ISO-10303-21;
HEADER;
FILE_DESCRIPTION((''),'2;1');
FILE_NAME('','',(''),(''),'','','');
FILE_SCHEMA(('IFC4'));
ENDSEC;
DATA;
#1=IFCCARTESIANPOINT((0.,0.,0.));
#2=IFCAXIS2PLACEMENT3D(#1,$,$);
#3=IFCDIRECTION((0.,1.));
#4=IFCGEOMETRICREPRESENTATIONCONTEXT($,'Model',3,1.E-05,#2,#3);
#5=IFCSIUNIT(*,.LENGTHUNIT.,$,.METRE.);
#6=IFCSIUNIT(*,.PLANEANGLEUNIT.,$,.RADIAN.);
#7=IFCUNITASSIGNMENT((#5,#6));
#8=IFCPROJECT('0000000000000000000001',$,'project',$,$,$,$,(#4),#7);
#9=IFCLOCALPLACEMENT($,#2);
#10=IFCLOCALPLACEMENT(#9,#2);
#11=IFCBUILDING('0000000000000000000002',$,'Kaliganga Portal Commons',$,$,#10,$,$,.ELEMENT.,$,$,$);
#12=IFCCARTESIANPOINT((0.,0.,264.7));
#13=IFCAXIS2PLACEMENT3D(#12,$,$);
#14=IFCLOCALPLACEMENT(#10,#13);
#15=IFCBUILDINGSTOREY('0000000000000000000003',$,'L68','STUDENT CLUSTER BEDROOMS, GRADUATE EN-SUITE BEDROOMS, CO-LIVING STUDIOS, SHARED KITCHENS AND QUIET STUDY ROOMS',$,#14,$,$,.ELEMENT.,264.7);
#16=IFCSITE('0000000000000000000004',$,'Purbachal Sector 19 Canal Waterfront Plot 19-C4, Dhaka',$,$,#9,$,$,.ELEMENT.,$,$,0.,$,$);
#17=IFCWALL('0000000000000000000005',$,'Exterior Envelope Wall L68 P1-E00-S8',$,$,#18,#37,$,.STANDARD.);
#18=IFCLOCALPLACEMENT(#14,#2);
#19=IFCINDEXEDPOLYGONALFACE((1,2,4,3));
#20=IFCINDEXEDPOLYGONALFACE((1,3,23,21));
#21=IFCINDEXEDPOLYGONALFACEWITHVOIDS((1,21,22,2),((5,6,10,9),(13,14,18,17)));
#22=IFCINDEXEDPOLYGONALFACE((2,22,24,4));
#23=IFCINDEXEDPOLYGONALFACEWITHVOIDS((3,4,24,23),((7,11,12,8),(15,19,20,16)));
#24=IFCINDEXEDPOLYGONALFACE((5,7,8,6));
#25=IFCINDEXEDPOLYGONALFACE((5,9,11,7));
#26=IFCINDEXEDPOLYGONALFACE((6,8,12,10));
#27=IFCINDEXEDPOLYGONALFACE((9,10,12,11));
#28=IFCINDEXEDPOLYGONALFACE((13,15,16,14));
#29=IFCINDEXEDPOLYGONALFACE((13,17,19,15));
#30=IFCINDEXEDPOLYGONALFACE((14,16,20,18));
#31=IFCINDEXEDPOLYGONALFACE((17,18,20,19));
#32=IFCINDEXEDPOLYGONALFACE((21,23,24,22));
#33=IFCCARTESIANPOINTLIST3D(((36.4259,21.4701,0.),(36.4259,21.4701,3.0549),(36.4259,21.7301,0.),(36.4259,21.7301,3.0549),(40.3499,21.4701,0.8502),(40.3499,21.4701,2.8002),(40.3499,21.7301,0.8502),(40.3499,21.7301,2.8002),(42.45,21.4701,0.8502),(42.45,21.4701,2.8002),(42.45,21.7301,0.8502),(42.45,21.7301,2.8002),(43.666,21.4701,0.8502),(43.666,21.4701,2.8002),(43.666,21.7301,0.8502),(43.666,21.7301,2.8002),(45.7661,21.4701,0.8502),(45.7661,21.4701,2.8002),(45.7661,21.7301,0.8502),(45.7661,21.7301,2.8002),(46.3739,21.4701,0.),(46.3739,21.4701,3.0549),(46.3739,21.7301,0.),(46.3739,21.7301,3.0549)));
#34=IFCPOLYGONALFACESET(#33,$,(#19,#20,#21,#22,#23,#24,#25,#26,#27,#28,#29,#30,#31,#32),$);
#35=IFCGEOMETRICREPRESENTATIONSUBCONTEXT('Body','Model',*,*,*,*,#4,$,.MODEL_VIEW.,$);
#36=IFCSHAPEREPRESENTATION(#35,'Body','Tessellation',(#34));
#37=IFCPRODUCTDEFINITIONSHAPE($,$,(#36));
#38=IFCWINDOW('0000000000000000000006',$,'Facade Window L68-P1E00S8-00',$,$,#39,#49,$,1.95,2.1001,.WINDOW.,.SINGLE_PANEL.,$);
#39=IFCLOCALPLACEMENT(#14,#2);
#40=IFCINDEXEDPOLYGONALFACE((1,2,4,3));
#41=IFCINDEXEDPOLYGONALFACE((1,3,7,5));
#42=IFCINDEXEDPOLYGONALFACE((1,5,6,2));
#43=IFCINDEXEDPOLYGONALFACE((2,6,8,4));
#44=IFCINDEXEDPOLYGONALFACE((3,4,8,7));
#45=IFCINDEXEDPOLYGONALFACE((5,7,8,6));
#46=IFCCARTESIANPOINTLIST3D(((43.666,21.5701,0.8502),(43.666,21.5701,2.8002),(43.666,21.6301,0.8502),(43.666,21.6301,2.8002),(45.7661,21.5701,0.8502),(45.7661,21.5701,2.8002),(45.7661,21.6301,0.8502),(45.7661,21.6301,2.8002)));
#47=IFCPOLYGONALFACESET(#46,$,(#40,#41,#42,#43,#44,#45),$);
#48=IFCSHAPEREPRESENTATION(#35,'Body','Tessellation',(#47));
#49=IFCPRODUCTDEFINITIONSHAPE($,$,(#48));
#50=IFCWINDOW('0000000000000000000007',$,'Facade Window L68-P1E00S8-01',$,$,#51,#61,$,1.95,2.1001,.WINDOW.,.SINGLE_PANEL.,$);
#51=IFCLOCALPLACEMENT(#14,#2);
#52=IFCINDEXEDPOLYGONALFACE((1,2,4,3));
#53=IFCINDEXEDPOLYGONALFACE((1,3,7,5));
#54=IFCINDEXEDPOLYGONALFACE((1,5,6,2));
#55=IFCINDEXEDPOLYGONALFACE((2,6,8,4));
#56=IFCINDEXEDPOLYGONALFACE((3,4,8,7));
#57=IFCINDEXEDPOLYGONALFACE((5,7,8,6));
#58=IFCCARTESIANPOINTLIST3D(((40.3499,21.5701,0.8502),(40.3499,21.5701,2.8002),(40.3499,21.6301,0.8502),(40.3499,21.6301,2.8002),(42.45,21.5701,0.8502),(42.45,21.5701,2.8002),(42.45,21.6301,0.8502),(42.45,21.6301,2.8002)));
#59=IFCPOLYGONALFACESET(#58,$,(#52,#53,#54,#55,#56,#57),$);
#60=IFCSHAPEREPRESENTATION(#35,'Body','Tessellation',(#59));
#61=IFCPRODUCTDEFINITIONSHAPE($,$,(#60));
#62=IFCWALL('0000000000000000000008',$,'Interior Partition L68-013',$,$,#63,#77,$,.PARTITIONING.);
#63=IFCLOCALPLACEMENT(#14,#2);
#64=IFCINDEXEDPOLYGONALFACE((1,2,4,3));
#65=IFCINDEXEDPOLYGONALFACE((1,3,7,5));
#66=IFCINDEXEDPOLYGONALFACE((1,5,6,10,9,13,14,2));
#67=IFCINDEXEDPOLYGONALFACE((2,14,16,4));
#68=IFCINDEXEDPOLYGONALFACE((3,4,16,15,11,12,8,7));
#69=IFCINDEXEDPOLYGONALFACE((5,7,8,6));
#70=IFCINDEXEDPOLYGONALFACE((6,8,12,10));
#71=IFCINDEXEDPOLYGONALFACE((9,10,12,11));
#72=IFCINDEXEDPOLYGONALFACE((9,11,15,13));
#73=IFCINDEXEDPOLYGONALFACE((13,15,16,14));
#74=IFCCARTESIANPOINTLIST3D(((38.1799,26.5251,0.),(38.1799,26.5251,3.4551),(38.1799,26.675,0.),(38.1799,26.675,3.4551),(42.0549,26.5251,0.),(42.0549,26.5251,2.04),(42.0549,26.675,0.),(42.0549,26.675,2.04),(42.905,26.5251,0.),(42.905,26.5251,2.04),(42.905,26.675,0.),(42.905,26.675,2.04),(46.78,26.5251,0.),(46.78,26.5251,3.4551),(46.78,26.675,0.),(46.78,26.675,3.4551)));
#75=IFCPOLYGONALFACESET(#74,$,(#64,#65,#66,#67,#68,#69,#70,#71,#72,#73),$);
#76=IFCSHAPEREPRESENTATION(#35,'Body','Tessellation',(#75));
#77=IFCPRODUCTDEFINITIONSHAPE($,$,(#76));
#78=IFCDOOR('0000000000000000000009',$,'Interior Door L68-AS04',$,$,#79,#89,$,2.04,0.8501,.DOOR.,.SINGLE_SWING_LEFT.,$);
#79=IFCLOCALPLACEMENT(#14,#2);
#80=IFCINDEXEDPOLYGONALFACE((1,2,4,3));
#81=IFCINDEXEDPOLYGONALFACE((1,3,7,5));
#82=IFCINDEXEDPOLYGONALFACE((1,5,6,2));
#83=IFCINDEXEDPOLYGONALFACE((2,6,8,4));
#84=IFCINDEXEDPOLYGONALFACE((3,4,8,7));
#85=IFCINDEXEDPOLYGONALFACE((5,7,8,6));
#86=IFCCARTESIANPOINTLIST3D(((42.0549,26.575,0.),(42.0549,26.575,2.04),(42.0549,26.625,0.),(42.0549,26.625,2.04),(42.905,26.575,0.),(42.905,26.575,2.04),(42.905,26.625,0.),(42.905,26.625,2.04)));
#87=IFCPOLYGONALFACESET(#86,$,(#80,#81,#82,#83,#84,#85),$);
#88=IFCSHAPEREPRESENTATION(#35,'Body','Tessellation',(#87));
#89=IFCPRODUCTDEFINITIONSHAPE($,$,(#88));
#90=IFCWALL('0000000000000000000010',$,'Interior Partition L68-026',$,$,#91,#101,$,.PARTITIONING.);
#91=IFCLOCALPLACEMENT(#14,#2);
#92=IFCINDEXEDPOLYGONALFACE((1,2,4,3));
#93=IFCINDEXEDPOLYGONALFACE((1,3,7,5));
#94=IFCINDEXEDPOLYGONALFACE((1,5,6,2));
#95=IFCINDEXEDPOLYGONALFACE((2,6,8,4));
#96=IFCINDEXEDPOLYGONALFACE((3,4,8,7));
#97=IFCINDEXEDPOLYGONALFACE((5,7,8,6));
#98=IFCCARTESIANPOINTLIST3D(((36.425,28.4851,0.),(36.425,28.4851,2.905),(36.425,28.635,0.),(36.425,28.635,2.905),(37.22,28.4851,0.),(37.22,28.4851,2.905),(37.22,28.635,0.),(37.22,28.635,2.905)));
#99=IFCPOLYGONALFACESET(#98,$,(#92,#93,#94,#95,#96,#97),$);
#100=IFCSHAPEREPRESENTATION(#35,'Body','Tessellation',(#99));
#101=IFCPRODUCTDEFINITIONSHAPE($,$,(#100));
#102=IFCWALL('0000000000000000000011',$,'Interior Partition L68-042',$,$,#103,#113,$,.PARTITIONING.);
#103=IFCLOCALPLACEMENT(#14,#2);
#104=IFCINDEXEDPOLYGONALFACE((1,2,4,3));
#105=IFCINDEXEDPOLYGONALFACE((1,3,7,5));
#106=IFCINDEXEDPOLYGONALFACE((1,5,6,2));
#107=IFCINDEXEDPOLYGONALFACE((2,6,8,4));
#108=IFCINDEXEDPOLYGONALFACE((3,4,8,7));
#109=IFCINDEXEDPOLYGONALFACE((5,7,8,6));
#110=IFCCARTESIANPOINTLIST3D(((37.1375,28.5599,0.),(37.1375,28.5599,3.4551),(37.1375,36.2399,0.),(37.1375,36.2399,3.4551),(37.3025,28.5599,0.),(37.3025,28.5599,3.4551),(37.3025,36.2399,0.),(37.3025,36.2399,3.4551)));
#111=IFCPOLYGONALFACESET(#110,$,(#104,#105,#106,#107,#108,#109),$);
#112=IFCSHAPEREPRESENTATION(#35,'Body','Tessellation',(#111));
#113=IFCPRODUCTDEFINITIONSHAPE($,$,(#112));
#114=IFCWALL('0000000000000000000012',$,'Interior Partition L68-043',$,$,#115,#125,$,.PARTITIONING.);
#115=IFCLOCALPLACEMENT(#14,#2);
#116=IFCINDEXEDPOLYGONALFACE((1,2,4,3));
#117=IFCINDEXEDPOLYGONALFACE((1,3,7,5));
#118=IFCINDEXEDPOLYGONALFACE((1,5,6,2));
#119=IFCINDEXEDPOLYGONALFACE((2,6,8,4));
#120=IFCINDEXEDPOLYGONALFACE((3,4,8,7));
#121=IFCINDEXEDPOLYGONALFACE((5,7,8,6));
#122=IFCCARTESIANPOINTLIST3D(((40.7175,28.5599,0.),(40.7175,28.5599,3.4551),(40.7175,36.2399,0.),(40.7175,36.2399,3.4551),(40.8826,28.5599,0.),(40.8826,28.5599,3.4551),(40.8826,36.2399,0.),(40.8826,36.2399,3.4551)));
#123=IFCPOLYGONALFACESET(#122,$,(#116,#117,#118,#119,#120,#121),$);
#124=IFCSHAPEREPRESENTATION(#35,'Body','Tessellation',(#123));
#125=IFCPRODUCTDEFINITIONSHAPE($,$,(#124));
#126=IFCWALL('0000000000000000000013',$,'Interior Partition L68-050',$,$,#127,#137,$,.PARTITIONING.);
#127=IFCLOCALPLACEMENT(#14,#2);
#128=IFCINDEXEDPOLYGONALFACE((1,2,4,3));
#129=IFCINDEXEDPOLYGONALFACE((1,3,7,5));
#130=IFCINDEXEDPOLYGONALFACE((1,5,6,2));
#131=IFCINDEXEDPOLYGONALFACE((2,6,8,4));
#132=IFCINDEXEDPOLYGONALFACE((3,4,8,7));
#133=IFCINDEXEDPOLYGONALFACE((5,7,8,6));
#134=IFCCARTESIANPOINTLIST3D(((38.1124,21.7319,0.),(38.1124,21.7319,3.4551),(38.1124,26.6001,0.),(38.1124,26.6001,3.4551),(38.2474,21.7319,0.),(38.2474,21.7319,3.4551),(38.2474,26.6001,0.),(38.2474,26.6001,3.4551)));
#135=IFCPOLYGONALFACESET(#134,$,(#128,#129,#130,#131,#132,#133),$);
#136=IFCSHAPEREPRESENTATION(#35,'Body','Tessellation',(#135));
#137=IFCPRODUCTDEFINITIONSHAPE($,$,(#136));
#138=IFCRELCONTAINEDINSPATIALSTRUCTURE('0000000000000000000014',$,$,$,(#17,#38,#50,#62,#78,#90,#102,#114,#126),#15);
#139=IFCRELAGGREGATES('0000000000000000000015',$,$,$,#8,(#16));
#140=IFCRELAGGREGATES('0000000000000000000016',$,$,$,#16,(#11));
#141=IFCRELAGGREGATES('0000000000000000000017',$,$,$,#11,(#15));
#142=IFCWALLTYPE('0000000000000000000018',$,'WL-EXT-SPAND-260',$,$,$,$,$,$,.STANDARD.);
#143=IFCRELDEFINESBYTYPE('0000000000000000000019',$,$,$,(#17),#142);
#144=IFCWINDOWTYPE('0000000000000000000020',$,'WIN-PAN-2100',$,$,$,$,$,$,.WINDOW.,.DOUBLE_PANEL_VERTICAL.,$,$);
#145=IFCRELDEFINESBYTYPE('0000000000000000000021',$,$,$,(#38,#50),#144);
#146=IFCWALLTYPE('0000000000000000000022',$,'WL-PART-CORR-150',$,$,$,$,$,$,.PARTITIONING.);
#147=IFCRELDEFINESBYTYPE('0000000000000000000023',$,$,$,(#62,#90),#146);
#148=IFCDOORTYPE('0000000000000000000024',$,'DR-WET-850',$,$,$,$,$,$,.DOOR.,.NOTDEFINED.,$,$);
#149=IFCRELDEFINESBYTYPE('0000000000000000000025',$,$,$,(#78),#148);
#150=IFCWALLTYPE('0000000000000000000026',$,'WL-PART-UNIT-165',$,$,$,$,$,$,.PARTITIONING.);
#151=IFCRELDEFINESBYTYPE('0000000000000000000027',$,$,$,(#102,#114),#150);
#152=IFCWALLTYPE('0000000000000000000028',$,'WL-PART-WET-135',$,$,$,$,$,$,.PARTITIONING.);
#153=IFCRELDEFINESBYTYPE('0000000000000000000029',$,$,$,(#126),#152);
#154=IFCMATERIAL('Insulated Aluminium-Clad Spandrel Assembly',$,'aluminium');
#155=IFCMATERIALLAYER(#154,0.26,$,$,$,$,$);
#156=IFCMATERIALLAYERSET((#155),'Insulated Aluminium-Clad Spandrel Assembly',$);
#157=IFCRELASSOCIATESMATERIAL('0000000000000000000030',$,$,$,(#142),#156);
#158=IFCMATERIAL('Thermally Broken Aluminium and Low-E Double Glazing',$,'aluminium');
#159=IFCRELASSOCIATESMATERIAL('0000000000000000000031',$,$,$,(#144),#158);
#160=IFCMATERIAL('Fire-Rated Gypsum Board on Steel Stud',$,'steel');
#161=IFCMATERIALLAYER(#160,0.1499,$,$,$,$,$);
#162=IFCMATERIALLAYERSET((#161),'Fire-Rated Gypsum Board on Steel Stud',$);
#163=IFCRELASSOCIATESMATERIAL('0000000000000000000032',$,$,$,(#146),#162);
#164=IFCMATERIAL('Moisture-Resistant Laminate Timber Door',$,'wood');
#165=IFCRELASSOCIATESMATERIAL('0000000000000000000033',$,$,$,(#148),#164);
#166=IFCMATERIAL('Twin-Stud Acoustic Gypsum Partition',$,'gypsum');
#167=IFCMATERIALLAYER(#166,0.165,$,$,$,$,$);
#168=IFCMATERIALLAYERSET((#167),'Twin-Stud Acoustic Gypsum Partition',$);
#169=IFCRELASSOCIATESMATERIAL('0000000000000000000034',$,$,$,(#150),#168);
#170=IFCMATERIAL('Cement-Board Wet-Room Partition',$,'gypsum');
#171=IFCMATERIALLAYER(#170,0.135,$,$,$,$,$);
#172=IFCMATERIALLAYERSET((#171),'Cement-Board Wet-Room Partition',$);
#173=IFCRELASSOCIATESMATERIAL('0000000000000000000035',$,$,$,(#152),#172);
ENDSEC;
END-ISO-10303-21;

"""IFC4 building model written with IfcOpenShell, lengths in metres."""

from ifc_helpers import new_model, si_unit, direction, frame, frame_2d, origin, place, context, subcontext, project, spatial, rectangle, extrude, material, layer, layer_set, type_object, element, fill, save


model = new_model("IFC4")

# Units and contexts
model_context = context("Model", 3, precision=1e-05, world=origin(), true_north=direction((0.0, 1.0)))
body_context = subcontext(model_context, "Body", "Model", "MODEL_VIEW")
ifc_project = project(units=[si_unit("LENGTHUNIT", "METRE"), si_unit("PLANEANGLEUNIT", "RADIAN")], contexts=[model_context])

# Site, building, storey
site_placement = place(None, origin())
site = spatial("IfcSite", under=ifc_project, at=site_placement, Name="Purbachal Sector 19 Canal Waterfront Plot 19-C4, Dhaka", CompositionType="ELEMENT", RefElevation=0.0)
building_placement = place(site_placement, origin())
building = spatial("IfcBuilding", under=site, at=building_placement, Name="Kaliganga Portal Commons", CompositionType="ELEMENT")
storey_placement = place(building_placement, frame((0.0, 0.0, 264.7)))
storey = spatial("IfcBuildingStorey", under=building, at=storey_placement, Name="L68", Description="STUDENT CLUSTER BEDROOMS, GRADUATE EN-SUITE BEDROOMS, CO-LIVING STUDIOS, SHARED KITCHENS AND QUIET STUDY ROOMS", CompositionType="ELEMENT", Elevation=264.7)

# Wall, openings, windows
ifc_material_1 = material(Name="Insulated Aluminium-Clad Spandrel Assembly", Category="aluminium")
ifc_layer_1 = layer(ifc_material_1, 0.26)
ifc_layer_set_1 = layer_set([ifc_layer_1], Name="Insulated Aluminium-Clad Spandrel Assembly")
wall_type_1 = type_object("IfcWallType", Name="WL-EXT-SPAND-260", PredefinedType="STANDARD", material=ifc_layer_set_1)
wall_1_placement = place(storey_placement, frame((46.374, 21.6001, 0.0), z_axis=(0.0, 0.0, 1.0), x_axis=(-1.0, 0.0, 0.0)))
wall_1 = element("IfcWall", 1, at=wall_1_placement, inside=storey, type_object=wall_type_1, Name="Exterior Envelope Wall L68 P1-E00-S8", PredefinedType="STANDARD", context=body_context, shape_type="SweptSolid", body=[
    extrude(rectangle(XDim=9.948, YDim=0.26, at=frame_2d((4.9741, 0.0))), origin(), (0.0, 0.0, 1.0), 3.0549),
])
opening_1_placement = place(wall_1_placement, frame((0.6079, 0.0, 0.8501)))
opening_1 = element("IfcOpeningElement", 2, at=opening_1_placement, cuts=wall_1, PredefinedType="OPENING", context=body_context, shape_type="SweptSolid", body=[
    extrude(rectangle(XDim=2.1001, YDim=1.95, at=frame_2d((1.05, 0.9751))), frame((0.0, 0.1401, 0.0), z_axis=(0.0, -1.0, 0.0), x_axis=(1.0, 0.0, 0.0)), (0.0, 0.0, 1.0), 0.28),
])
opening_2_placement = place(wall_1_placement, frame((3.9241, 0.0, 0.8501)))
opening_2 = element("IfcOpeningElement", 3, at=opening_2_placement, cuts=wall_1, PredefinedType="OPENING", context=body_context, shape_type="SweptSolid", body=[
    extrude(rectangle(XDim=2.1001, YDim=1.95, at=frame_2d((1.05, 0.9751))), frame((0.0, 0.1401, 0.0), z_axis=(0.0, -1.0, 0.0), x_axis=(1.0, 0.0, 0.0)), (0.0, 0.0, 1.0), 0.28),
])
ifc_material_2 = material(Name="Thermally Broken Aluminium and Low-E Double Glazing", Category="aluminium")
window_type = type_object("IfcWindowType", Name="WIN-PAN-2100", PartitioningType="DOUBLE_PANEL_VERTICAL", PredefinedType="WINDOW", material=ifc_material_2)
window_1_placement = place(opening_1_placement, origin())
window_1 = element("IfcWindow", 4, at=window_1_placement, inside=storey, type_object=window_type, Name="Facade Window L68-P1E00S8-00", OverallHeight=1.95, OverallWidth=2.1001, PartitioningType="SINGLE_PANEL", PredefinedType="WINDOW", context=body_context, shape_type="SweptSolid", body=[
    extrude(rectangle(XDim=2.1001, YDim=1.95, at=frame_2d((1.05, 0.9751))), frame((0.0, 0.03, 0.0), z_axis=(0.0, -1.0, 0.0), x_axis=(1.0, 0.0, 0.0)), (0.0, 0.0, 1.0), 0.0601),
])
fill(opening_1, window_1)
window_2_placement = place(opening_2_placement, origin())
window_2 = element("IfcWindow", 5, at=window_2_placement, inside=storey, type_object=window_type, Name="Facade Window L68-P1E00S8-01", OverallHeight=1.95, OverallWidth=2.1001, PartitioningType="SINGLE_PANEL", PredefinedType="WINDOW", context=body_context, shape_type="SweptSolid", body=[
    extrude(rectangle(XDim=2.1001, YDim=1.95, at=frame_2d((1.05, 0.9751))), frame((0.0, 0.03, 0.0), z_axis=(0.0, -1.0, 0.0), x_axis=(1.0, 0.0, 0.0)), (0.0, 0.0, 1.0), 0.0601),
])
fill(opening_2, window_2)

# Wall, opening, door
ifc_material_3 = material(Name="Fire-Rated Gypsum Board on Steel Stud", Category="steel")
ifc_layer_2 = layer(ifc_material_3, 0.1499)
ifc_layer_set_2 = layer_set([ifc_layer_2], Name="Fire-Rated Gypsum Board on Steel Stud")
wall_type_2 = type_object("IfcWallType", Name="WL-PART-CORR-150", PredefinedType="PARTITIONING", material=ifc_layer_set_2)
wall_2_placement = place(storey_placement, frame((38.1799, 26.6001, 0.0), z_axis=(0.0, 0.0, 1.0), x_axis=(1.0, 0.0, 0.0)))
wall_2 = element("IfcWall", 6, at=wall_2_placement, inside=storey, type_object=wall_type_2, Name="Interior Partition L68-013", PredefinedType="PARTITIONING", context=body_context, shape_type="SweptSolid", body=[
    extrude(rectangle(XDim=8.6001, YDim=0.1499, at=frame_2d((4.3, 0.0))), origin(), (0.0, 0.0, 1.0), 3.4551),
])
opening_3_placement = place(wall_2_placement, frame((3.875, 0.0, 0.0)))
opening_3 = element("IfcOpeningElement", 7, at=opening_3_placement, cuts=wall_2, PredefinedType="OPENING", context=body_context, shape_type="SweptSolid", body=[
    extrude(rectangle(XDim=0.8501, YDim=2.04, at=frame_2d((0.425, 1.02))), frame((0.0, 0.085, 0.0), z_axis=(0.0, -1.0, 0.0), x_axis=(1.0, 0.0, 0.0)), (0.0, 0.0, 1.0), 0.1699),
])
ifc_material_4 = material(Name="Moisture-Resistant Laminate Timber Door", Category="wood")
door_type_1 = type_object("IfcDoorType", Name="DR-WET-850", OperationType="NOTDEFINED", PredefinedType="DOOR", material=ifc_material_4)
door_1_placement = place(opening_3_placement, origin())
door_1 = element("IfcDoor", 8, at=door_1_placement, inside=storey, type_object=door_type_1, Name="Interior Door L68-AS04", OperationType="SINGLE_SWING_LEFT", OverallHeight=2.04, OverallWidth=0.8501, PredefinedType="DOOR", context=body_context, shape_type="SweptSolid", body=[
    extrude(rectangle(XDim=0.8501, YDim=2.04, at=frame_2d((0.425, 1.02))), frame((0.0, 0.0249, 0.0), z_axis=(0.0, -1.0, 0.0), x_axis=(1.0, 0.0, 0.0)), (0.0, 0.0, 1.0), 0.05),
])
fill(opening_3, door_1)

# Wall
wall_3_placement = place(storey_placement, frame((36.425, 28.5601, 0.0), z_axis=(0.0, 0.0, 1.0), x_axis=(1.0, 0.0, 0.0)))
element("IfcWall", 9, at=wall_3_placement, inside=storey, type_object=wall_type_2, Name="Interior Partition L68-026", PredefinedType="PARTITIONING", context=body_context, shape_type="SweptSolid", body=[
    extrude(rectangle(XDim=0.7949, YDim=0.1499, at=frame_2d((0.3975, 0.0))), origin(), (0.0, 0.0, 1.0), 2.905),
])

# Walls
ifc_material_5 = material(Name="Twin-Stud Acoustic Gypsum Partition", Category="gypsum")
ifc_layer_3 = layer(ifc_material_5, 0.165)
ifc_layer_set_3 = layer_set([ifc_layer_3], Name="Twin-Stud Acoustic Gypsum Partition")
wall_type_3 = type_object("IfcWallType", Name="WL-PART-UNIT-165", PredefinedType="PARTITIONING", material=ifc_layer_set_3)
for number, where, z_axis, x_axis, name in (
    (10, (37.22, 28.5601, 0.0), (0.0, 0.0, 1.0), (0.0, 1.0, 0.0), "Interior Partition L68-042"),
    (11, (40.8, 28.5601, 0.0), (0.0, 0.0, 1.0), (0.0, 1.0, 0.0), "Interior Partition L68-043"),
):
    element("IfcWall", number, at=place(storey_placement, frame(where, z_axis=z_axis, x_axis=x_axis)), inside=storey, type_object=wall_type_3, Name=name, PredefinedType="PARTITIONING", context=body_context, shape_type="SweptSolid", body=[
        extrude(rectangle(XDim=7.6799, YDim=0.165, at=frame_2d((3.8398, 0.0))), origin(), (0.0, 0.0, 1.0), 3.4551),
    ])
ifc_material_6 = material(Name="Cement-Board Wet-Room Partition", Category="gypsum")
ifc_layer_4 = layer(ifc_material_6, 0.135)
ifc_layer_set_4 = layer_set([ifc_layer_4], Name="Cement-Board Wet-Room Partition")
wall_type_4 = type_object("IfcWallType", Name="WL-PART-WET-135", PredefinedType="PARTITIONING", material=ifc_layer_set_4)
wall_4_placement = place(storey_placement, frame((38.1799, 21.7319, 0.0), z_axis=(0.0, 0.0, 1.0), x_axis=(0.0, 1.0, 0.0)))
element("IfcWall", 12, at=wall_4_placement, inside=storey, type_object=wall_type_4, Name="Interior Partition L68-050", PredefinedType="PARTITIONING", context=body_context, shape_type="SweptSolid", body=[
    extrude(rectangle(XDim=4.8682, YDim=0.135, at=frame_2d((2.4341, 0.0))), origin(), (0.0, 0.0, 1.0), 3.4551),
])

save(model, "model.ifc")
